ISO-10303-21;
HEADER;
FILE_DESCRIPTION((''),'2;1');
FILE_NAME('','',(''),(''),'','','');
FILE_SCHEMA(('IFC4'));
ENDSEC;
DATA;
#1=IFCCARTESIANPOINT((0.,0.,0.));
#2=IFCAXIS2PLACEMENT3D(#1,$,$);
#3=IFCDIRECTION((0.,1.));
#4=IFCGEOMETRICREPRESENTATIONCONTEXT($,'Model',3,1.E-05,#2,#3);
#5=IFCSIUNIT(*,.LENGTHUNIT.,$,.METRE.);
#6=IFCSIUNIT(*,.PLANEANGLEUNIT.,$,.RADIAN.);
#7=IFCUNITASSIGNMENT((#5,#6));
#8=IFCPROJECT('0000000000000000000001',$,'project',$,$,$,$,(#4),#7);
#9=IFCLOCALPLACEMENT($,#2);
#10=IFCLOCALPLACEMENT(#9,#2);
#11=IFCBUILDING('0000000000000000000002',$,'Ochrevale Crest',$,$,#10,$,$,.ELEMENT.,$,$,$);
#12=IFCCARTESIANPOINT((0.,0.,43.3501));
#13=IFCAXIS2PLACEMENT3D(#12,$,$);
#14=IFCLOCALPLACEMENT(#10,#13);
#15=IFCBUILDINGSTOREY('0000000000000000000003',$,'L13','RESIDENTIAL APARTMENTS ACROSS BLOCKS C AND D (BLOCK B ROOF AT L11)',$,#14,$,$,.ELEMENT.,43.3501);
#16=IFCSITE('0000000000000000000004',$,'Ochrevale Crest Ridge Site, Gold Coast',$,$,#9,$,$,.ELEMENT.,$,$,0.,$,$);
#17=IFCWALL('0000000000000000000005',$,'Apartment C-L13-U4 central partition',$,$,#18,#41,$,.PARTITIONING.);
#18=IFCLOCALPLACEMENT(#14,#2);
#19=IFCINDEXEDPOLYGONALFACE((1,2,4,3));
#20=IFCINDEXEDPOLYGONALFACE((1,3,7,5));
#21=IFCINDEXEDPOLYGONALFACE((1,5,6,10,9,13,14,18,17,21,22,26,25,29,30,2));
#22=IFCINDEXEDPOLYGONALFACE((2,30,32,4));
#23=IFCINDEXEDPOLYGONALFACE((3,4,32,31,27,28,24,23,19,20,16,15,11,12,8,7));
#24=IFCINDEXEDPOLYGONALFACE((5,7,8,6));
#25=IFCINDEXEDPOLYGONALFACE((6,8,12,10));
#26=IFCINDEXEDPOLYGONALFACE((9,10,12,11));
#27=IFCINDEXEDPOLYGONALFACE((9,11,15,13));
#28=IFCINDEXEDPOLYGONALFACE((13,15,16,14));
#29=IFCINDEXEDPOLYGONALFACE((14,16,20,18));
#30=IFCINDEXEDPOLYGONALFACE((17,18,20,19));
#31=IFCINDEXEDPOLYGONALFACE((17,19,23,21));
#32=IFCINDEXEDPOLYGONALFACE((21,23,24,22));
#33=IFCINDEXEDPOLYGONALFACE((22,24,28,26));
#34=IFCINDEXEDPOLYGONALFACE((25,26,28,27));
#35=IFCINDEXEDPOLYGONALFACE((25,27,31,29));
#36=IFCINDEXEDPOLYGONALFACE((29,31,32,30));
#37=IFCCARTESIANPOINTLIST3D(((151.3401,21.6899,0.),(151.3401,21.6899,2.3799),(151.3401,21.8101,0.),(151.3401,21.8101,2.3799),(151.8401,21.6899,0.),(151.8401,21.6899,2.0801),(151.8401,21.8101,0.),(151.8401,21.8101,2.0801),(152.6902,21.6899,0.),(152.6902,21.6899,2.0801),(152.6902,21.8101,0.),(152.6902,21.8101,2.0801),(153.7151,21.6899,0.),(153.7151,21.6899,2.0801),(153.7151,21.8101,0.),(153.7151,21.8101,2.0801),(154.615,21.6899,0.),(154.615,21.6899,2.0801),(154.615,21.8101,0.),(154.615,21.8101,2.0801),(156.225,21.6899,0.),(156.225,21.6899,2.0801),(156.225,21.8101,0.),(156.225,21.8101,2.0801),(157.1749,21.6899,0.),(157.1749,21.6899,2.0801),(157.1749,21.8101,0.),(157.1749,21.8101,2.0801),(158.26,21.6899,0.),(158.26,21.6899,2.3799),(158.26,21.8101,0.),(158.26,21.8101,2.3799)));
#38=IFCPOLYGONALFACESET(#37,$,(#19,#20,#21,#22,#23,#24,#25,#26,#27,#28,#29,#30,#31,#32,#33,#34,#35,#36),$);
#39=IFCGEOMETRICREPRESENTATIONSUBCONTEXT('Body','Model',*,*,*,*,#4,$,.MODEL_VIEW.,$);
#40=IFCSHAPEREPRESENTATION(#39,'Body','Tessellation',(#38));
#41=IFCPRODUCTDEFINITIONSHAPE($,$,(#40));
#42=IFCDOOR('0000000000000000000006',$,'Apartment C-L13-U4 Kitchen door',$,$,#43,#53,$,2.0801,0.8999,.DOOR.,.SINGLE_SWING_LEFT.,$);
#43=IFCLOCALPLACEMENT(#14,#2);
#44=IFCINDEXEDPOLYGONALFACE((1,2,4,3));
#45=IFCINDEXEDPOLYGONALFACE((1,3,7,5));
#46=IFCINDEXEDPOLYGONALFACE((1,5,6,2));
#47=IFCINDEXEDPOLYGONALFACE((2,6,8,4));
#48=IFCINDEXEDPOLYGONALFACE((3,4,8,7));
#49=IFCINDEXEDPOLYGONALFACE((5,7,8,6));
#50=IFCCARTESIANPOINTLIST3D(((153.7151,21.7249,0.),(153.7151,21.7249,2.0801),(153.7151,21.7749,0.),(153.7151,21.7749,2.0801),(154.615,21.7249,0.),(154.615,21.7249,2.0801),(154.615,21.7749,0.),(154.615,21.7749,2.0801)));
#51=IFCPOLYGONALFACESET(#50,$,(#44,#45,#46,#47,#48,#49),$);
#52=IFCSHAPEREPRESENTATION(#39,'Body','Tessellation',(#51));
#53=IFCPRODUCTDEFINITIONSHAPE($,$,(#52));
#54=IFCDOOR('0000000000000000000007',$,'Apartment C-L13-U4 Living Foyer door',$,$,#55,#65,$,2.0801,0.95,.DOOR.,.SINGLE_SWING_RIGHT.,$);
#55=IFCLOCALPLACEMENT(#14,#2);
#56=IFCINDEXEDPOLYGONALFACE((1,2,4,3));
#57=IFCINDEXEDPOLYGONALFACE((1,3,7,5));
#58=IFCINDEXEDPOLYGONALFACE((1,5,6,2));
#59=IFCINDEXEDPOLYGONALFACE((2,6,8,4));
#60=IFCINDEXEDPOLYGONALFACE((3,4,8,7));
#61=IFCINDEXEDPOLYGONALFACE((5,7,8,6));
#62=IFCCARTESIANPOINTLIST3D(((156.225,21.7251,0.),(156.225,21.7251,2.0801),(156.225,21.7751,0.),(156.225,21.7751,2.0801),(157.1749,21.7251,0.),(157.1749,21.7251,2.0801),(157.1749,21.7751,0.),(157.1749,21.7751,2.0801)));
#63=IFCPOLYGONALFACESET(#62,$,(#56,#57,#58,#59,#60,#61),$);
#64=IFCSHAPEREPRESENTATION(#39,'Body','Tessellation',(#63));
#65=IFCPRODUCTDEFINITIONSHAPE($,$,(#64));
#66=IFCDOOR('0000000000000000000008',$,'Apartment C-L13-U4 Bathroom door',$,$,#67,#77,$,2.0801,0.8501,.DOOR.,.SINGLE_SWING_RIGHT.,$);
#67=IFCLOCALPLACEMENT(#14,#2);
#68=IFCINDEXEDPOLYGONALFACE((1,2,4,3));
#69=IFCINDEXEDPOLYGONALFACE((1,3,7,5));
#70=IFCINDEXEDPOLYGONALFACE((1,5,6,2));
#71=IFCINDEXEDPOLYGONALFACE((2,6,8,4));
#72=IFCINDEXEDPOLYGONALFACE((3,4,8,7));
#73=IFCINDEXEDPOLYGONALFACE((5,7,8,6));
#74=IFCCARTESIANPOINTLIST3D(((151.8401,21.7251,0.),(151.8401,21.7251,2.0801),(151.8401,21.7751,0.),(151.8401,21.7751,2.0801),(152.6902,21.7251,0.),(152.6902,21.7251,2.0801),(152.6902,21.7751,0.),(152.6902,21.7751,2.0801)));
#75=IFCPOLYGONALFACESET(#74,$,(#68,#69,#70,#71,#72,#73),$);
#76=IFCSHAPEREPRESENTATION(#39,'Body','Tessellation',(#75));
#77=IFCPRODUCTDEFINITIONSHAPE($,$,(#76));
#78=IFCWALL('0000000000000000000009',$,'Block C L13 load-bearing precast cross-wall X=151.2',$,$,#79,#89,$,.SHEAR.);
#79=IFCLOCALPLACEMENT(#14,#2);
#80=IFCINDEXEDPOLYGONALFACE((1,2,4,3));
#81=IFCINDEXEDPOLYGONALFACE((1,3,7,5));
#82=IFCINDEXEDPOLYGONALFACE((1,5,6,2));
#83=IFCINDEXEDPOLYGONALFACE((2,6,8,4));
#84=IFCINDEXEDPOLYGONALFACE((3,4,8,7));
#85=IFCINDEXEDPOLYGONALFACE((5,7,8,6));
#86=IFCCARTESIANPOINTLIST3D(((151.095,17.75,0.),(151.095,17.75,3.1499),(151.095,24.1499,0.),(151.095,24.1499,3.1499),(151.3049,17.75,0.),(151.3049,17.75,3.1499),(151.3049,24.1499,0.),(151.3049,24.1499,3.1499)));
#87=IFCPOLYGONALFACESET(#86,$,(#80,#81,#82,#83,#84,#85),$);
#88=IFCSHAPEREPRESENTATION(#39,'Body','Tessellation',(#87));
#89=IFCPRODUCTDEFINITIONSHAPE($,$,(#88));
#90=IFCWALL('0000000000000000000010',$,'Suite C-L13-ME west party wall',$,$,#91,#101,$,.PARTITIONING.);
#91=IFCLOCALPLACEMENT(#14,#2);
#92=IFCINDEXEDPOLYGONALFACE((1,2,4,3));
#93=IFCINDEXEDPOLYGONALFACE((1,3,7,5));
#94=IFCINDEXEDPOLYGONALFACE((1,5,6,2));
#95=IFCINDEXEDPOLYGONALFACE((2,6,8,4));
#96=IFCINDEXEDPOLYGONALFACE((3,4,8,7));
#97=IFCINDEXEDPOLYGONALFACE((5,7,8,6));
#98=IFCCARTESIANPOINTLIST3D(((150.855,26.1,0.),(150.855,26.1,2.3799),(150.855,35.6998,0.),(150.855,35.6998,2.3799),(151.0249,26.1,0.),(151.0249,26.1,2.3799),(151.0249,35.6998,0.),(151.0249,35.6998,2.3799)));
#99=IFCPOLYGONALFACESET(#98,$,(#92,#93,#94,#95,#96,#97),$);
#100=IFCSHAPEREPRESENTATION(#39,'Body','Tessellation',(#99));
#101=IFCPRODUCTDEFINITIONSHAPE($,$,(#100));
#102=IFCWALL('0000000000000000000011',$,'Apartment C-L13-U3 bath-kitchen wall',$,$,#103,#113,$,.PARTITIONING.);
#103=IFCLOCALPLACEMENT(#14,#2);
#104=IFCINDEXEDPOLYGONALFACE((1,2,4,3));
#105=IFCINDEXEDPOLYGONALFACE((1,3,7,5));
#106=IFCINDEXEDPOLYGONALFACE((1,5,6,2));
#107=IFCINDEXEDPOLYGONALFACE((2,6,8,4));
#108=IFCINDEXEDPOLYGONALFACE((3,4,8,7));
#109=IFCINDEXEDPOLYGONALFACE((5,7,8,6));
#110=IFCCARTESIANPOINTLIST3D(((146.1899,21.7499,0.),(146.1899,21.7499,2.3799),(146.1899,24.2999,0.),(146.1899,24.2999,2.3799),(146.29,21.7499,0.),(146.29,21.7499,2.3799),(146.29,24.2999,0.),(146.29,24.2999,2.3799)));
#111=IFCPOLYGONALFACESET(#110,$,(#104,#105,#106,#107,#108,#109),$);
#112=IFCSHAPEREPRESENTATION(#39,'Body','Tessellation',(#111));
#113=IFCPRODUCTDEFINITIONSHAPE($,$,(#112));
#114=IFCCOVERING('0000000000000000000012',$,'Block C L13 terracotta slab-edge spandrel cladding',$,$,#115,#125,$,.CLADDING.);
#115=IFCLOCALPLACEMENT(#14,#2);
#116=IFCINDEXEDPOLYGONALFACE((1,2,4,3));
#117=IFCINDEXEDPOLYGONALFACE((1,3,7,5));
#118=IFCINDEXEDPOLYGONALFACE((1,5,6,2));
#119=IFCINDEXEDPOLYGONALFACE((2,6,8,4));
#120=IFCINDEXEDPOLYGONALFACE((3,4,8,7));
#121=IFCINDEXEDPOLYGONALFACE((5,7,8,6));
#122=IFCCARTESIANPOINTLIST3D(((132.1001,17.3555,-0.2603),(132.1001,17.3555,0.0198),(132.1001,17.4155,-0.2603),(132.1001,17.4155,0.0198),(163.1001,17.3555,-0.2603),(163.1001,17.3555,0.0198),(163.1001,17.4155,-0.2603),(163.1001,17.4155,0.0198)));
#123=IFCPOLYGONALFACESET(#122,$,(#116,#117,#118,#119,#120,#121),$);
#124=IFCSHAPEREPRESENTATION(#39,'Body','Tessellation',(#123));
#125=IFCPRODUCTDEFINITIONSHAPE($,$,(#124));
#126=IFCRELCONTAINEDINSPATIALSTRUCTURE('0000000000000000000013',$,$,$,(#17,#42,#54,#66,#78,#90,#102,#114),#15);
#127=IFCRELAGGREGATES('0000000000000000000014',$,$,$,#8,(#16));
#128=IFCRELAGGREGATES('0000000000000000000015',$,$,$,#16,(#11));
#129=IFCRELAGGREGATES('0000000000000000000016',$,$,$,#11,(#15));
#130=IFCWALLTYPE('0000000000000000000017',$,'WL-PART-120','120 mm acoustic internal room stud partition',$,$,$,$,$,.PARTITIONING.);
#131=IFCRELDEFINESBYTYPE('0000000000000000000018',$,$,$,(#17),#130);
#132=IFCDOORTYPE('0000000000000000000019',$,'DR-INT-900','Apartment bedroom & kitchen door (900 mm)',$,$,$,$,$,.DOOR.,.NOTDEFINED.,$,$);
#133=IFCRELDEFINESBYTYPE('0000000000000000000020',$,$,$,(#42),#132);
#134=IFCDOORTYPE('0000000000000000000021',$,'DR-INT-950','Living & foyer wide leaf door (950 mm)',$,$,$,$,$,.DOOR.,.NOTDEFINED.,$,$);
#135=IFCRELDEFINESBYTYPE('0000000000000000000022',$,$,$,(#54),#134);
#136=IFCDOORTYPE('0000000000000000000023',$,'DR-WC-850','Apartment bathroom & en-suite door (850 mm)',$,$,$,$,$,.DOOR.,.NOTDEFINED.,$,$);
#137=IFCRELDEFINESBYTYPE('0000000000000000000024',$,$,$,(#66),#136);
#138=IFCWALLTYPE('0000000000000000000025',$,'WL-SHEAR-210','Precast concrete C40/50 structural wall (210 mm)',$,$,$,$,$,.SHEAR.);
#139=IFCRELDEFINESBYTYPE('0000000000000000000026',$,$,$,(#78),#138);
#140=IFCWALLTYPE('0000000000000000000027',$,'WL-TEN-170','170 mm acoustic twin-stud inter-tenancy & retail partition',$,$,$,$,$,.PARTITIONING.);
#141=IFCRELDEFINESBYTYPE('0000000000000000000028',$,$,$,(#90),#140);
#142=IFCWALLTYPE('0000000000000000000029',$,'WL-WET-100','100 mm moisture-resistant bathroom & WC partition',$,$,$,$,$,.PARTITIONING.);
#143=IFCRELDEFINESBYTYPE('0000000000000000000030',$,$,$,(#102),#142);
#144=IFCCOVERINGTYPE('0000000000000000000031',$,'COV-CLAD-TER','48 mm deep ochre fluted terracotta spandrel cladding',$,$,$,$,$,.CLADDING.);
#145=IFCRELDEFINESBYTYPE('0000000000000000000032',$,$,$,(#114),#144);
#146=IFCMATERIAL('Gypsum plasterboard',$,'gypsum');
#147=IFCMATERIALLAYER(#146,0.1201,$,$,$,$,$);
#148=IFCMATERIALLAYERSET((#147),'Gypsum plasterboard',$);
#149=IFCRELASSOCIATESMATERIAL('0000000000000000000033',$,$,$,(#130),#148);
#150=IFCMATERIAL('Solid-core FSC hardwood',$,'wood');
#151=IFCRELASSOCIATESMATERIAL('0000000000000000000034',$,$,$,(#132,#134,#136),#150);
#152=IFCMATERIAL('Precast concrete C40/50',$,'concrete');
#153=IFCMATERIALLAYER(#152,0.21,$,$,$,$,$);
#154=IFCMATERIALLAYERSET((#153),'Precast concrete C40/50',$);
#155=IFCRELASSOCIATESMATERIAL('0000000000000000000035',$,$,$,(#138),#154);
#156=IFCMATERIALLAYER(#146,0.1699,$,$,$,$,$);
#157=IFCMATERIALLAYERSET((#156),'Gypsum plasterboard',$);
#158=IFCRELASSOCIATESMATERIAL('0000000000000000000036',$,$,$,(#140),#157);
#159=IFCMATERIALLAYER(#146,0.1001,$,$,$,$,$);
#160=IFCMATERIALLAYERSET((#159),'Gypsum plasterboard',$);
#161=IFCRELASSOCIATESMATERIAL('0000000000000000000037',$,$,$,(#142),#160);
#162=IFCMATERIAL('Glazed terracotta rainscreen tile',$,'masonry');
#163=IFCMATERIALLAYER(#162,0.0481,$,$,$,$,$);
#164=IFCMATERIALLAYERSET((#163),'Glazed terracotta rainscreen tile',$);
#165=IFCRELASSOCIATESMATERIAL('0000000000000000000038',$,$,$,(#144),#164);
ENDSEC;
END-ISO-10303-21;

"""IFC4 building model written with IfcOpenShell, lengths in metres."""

from ifc_helpers import new_model, si_unit, direction, frame, frame_2d, origin, origin_2d, place, context, subcontext, project, spatial, rectangle, extrude, material, layer, layer_set, type_object, element, fill, save


model = new_model("IFC4")

# Units and contexts
model_context = context("Model", 3, precision=1e-05, world=origin(), true_north=direction((0.0, 1.0)))
body_context = subcontext(model_context, "Body", "Model", "MODEL_VIEW")
ifc_project = project(units=[si_unit("LENGTHUNIT", "METRE"), si_unit("PLANEANGLEUNIT", "RADIAN")], contexts=[model_context])

# Site, building, storey
site_placement = place(None, origin())
site = spatial("IfcSite", under=ifc_project, at=site_placement, Name="Ochrevale Crest Ridge Site, Gold Coast", CompositionType="ELEMENT", RefElevation=0.0)
building_placement = place(site_placement, origin())
building = spatial("IfcBuilding", under=site, at=building_placement, Name="Ochrevale Crest", CompositionType="ELEMENT")
storey_placement = place(building_placement, frame((0.0, 0.0, 43.3501)))
storey = spatial("IfcBuildingStorey", under=building, at=storey_placement, Name="L13", Description="RESIDENTIAL APARTMENTS ACROSS BLOCKS C AND D (BLOCK B ROOF AT L11)", CompositionType="ELEMENT", Elevation=43.3501)

# Shared definitions
ifc_material_1 = material(Name="Precast concrete C40/50", Category="concrete")

# Shared definitions
ifc_material_2 = material(Name="Gypsum plasterboard", Category="gypsum")
ifc_material_3 = material(Name="Solid-core FSC hardwood", Category="wood")

# Shared definitions
ifc_layer_1 = layer(ifc_material_2, 0.1201)
ifc_layer_set_1 = layer_set([ifc_layer_1], Name="Gypsum plasterboard")
wall_type_1 = type_object("IfcWallType", Name="WL-PART-120", Description="120 mm acoustic internal room stud partition", PredefinedType="PARTITIONING", material=ifc_layer_set_1)

# Wall, openings, doors
wall_1_placement = place(storey_placement, frame((151.3401, 21.75, 0.0), z_axis=(0.0, 0.0, 1.0), x_axis=(1.0, 0.0, 0.0)))
wall_1 = element("IfcWall", 1, at=wall_1_placement, inside=storey, type_object=wall_type_1, Name="Apartment C-L13-U4 central partition", PredefinedType="PARTITIONING", context=body_context, shape_type="SweptSolid", body=[
    extrude(rectangle(XDim=6.9199, YDim=0.1201, at=frame_2d((3.46, 0.0))), origin(), (0.0, 0.0, 1.0), 2.3799),
])
opening_1_placement = place(wall_1_placement, frame((1.3501, 0.0, 0.0), z_axis=(0.0, 0.0, 1.0), x_axis=(-1.0, 0.0, 0.0)))
opening_1 = element("IfcOpeningElement", 2, at=opening_1_placement, cuts=wall_1, PredefinedType="OPENING", context=body_context, shape_type="SweptSolid", body=[
    extrude(rectangle(XDim=0.8501, YDim=2.0801, at=frame_2d((0.425, 1.04))), frame((0.0, 0.0701, 0.0), z_axis=(0.0, -1.0, 0.0), x_axis=(1.0, 0.0, 0.0)), (0.0, 0.0, 1.0), 0.1401),
])
opening_2_placement = place(wall_1_placement, frame((2.375, 0.0, 0.0)))
opening_2 = element("IfcOpeningElement", 3, at=opening_2_placement, cuts=wall_1, PredefinedType="OPENING", context=body_context, shape_type="SweptSolid", body=[
    extrude(rectangle(XDim=0.8999, YDim=2.0801, at=frame_2d((0.45, 1.04))), frame((0.0, 0.0701, 0.0), z_axis=(0.0, -1.0, 0.0), x_axis=(1.0, 0.0, 0.0)), (0.0, 0.0, 1.0), 0.1401),
])
opening_3_placement = place(wall_1_placement, frame((5.835, 0.0, 0.0), z_axis=(0.0, 0.0, 1.0), x_axis=(-1.0, 0.0, 0.0)))
opening_3 = element("IfcOpeningElement", 4, at=opening_3_placement, cuts=wall_1, PredefinedType="OPENING", context=body_context, shape_type="SweptSolid", body=[
    extrude(rectangle(XDim=0.95, YDim=2.0801, at=frame_2d((0.4751, 1.04))), frame((0.0, 0.0701, 0.0), z_axis=(0.0, -1.0, 0.0), x_axis=(1.0, 0.0, 0.0)), (0.0, 0.0, 1.0), 0.1401),
])
door_type_1 = type_object("IfcDoorType", Name="DR-INT-900", Description="Apartment bedroom & kitchen door (900 mm)", OperationType="NOTDEFINED", PredefinedType="DOOR", material=ifc_material_3)
door_1_placement = place(opening_2_placement, origin())
door_1 = element("IfcDoor", 5, at=door_1_placement, inside=storey, type_object=door_type_1, Name="Apartment C-L13-U4 Kitchen door", OperationType="SINGLE_SWING_LEFT", OverallHeight=2.0801, OverallWidth=0.8999, PredefinedType="DOOR", context=body_context, shape_type="SweptSolid", body=[
    extrude(rectangle(XDim=0.8999, YDim=2.0801, at=frame_2d((0.45, 1.04))), frame((0.0, 0.0249, 0.0), z_axis=(0.0, -1.0, 0.0), x_axis=(1.0, 0.0, 0.0)), (0.0, 0.0, 1.0), 0.05),
])
fill(opening_2, door_1)
door_type_2 = type_object("IfcDoorType", Name="DR-INT-950", Description="Living & foyer wide leaf door (950 mm)", OperationType="NOTDEFINED", PredefinedType="DOOR", material=ifc_material_3)
door_2_placement = place(opening_3_placement, origin())
door_2 = element("IfcDoor", 6, at=door_2_placement, inside=storey, type_object=door_type_2, Name="Apartment C-L13-U4 Living Foyer door", OperationType="SINGLE_SWING_RIGHT", OverallHeight=2.0801, OverallWidth=0.95, PredefinedType="DOOR", context=body_context, shape_type="SweptSolid", body=[
    extrude(rectangle(XDim=0.95, YDim=2.0801, at=frame_2d((0.4751, 1.04))), frame((0.0, 0.0249, 0.0), z_axis=(0.0, -1.0, 0.0), x_axis=(1.0, 0.0, 0.0)), (0.0, 0.0, 1.0), 0.05),
])
fill(opening_3, door_2)
door_type_3 = type_object("IfcDoorType", Name="DR-WC-850", Description="Apartment bathroom & en-suite door (850 mm)", OperationType="NOTDEFINED", PredefinedType="DOOR", material=ifc_material_3)
door_3_placement = place(opening_1_placement, origin())
door_3 = element("IfcDoor", 7, at=door_3_placement, inside=storey, type_object=door_type_3, Name="Apartment C-L13-U4 Bathroom door", OperationType="SINGLE_SWING_RIGHT", OverallHeight=2.0801, OverallWidth=0.8501, PredefinedType="DOOR", context=body_context, shape_type="SweptSolid", body=[
    extrude(rectangle(XDim=0.8501, YDim=2.0801, at=frame_2d((0.425, 1.04))), frame((0.0, 0.0249, 0.0), z_axis=(0.0, -1.0, 0.0), x_axis=(1.0, 0.0, 0.0)), (0.0, 0.0, 1.0), 0.05),
])
fill(opening_1, door_3)

# Walls
ifc_layer_2 = layer(ifc_material_1, 0.21)
ifc_layer_set_2 = layer_set([ifc_layer_2], Name="Precast concrete C40/50")
wall_type_2 = type_object("IfcWallType", Name="WL-SHEAR-210", Description="Precast concrete C40/50 structural wall (210 mm)", PredefinedType="SHEAR", material=ifc_layer_set_2)
wall_2_placement = place(storey_placement, frame((151.2, 17.75, 0.0), z_axis=(0.0, 0.0, 1.0), x_axis=(0.0, 1.0, 0.0)))
element("IfcWall", 8, at=wall_2_placement, inside=storey, type_object=wall_type_2, Name="Block C L13 load-bearing precast cross-wall X=151.2", PredefinedType="SHEAR", context=body_context, shape_type="SweptSolid", body=[
    extrude(rectangle(XDim=6.3999, YDim=0.21, at=frame_2d((3.2, 0.0))), origin(), (0.0, 0.0, 1.0), 3.1499),
])
ifc_layer_3 = layer(ifc_material_2, 0.1699)
ifc_layer_set_3 = layer_set([ifc_layer_3], Name="Gypsum plasterboard")
wall_type_3 = type_object("IfcWallType", Name="WL-TEN-170", Description="170 mm acoustic twin-stud inter-tenancy & retail partition", PredefinedType="PARTITIONING", material=ifc_layer_set_3)
wall_3_placement = place(storey_placement, frame((150.9399, 26.1001, 0.0), z_axis=(0.0, 0.0, 1.0), x_axis=(0.0, 1.0, 0.0)))
element("IfcWall", 9, at=wall_3_placement, inside=storey, type_object=wall_type_3, Name="Suite C-L13-ME west party wall", PredefinedType="PARTITIONING", context=body_context, shape_type="SweptSolid", body=[
    extrude(rectangle(XDim=9.5999, YDim=0.1699, at=frame_2d((4.7998, 0.0))), origin(), (0.0, 0.0, 1.0), 2.3799),
])
ifc_layer_4 = layer(ifc_material_2, 0.1001)
ifc_layer_set_4 = layer_set([ifc_layer_4], Name="Gypsum plasterboard")
wall_type_4 = type_object("IfcWallType", Name="WL-WET-100", Description="100 mm moisture-resistant bathroom & WC partition", PredefinedType="PARTITIONING", material=ifc_layer_set_4)
wall_4_placement = place(storey_placement, frame((146.24, 21.75, 0.0), z_axis=(0.0, 0.0, 1.0), x_axis=(0.0, 1.0, 0.0)))
element("IfcWall", 10, at=wall_4_placement, inside=storey, type_object=wall_type_4, Name="Apartment C-L13-U3 bath-kitchen wall", PredefinedType="PARTITIONING", context=body_context, shape_type="SweptSolid", body=[
    extrude(rectangle(XDim=2.55, YDim=0.1001, at=frame_2d((1.2749, 0.0))), origin(), (0.0, 0.0, 1.0), 2.3799),
])

# Covering
ifc_material_4 = material(Name="Glazed terracotta rainscreen tile", Category="masonry")
ifc_layer_5 = layer(ifc_material_4, 0.0481)
ifc_layer_set_5 = layer_set([ifc_layer_5], Name="Glazed terracotta rainscreen tile")
covering_type = type_object("IfcCoveringType", Name="COV-CLAD-TER", Description="48 mm deep ochre fluted terracotta spandrel cladding", PredefinedType="CLADDING", material=ifc_layer_set_5)
covering_placement = place(storey_placement, frame((147.6001, 17.3855, -0.2603), z_axis=(0.0, 0.0, 1.0), x_axis=(1.0, 0.0, 0.0)))
element("IfcCovering", 11, at=covering_placement, inside=storey, type_object=covering_type, Name="Block C L13 terracotta slab-edge spandrel cladding", PredefinedType="CLADDING", context=body_context, shape_type="SweptSolid", body=[
    extrude(rectangle(XDim=31.0, YDim=0.0601, at=origin_2d()), origin(), (0.0, 0.0, 1.0), 0.28),
])

save(model, "model.ifc")
